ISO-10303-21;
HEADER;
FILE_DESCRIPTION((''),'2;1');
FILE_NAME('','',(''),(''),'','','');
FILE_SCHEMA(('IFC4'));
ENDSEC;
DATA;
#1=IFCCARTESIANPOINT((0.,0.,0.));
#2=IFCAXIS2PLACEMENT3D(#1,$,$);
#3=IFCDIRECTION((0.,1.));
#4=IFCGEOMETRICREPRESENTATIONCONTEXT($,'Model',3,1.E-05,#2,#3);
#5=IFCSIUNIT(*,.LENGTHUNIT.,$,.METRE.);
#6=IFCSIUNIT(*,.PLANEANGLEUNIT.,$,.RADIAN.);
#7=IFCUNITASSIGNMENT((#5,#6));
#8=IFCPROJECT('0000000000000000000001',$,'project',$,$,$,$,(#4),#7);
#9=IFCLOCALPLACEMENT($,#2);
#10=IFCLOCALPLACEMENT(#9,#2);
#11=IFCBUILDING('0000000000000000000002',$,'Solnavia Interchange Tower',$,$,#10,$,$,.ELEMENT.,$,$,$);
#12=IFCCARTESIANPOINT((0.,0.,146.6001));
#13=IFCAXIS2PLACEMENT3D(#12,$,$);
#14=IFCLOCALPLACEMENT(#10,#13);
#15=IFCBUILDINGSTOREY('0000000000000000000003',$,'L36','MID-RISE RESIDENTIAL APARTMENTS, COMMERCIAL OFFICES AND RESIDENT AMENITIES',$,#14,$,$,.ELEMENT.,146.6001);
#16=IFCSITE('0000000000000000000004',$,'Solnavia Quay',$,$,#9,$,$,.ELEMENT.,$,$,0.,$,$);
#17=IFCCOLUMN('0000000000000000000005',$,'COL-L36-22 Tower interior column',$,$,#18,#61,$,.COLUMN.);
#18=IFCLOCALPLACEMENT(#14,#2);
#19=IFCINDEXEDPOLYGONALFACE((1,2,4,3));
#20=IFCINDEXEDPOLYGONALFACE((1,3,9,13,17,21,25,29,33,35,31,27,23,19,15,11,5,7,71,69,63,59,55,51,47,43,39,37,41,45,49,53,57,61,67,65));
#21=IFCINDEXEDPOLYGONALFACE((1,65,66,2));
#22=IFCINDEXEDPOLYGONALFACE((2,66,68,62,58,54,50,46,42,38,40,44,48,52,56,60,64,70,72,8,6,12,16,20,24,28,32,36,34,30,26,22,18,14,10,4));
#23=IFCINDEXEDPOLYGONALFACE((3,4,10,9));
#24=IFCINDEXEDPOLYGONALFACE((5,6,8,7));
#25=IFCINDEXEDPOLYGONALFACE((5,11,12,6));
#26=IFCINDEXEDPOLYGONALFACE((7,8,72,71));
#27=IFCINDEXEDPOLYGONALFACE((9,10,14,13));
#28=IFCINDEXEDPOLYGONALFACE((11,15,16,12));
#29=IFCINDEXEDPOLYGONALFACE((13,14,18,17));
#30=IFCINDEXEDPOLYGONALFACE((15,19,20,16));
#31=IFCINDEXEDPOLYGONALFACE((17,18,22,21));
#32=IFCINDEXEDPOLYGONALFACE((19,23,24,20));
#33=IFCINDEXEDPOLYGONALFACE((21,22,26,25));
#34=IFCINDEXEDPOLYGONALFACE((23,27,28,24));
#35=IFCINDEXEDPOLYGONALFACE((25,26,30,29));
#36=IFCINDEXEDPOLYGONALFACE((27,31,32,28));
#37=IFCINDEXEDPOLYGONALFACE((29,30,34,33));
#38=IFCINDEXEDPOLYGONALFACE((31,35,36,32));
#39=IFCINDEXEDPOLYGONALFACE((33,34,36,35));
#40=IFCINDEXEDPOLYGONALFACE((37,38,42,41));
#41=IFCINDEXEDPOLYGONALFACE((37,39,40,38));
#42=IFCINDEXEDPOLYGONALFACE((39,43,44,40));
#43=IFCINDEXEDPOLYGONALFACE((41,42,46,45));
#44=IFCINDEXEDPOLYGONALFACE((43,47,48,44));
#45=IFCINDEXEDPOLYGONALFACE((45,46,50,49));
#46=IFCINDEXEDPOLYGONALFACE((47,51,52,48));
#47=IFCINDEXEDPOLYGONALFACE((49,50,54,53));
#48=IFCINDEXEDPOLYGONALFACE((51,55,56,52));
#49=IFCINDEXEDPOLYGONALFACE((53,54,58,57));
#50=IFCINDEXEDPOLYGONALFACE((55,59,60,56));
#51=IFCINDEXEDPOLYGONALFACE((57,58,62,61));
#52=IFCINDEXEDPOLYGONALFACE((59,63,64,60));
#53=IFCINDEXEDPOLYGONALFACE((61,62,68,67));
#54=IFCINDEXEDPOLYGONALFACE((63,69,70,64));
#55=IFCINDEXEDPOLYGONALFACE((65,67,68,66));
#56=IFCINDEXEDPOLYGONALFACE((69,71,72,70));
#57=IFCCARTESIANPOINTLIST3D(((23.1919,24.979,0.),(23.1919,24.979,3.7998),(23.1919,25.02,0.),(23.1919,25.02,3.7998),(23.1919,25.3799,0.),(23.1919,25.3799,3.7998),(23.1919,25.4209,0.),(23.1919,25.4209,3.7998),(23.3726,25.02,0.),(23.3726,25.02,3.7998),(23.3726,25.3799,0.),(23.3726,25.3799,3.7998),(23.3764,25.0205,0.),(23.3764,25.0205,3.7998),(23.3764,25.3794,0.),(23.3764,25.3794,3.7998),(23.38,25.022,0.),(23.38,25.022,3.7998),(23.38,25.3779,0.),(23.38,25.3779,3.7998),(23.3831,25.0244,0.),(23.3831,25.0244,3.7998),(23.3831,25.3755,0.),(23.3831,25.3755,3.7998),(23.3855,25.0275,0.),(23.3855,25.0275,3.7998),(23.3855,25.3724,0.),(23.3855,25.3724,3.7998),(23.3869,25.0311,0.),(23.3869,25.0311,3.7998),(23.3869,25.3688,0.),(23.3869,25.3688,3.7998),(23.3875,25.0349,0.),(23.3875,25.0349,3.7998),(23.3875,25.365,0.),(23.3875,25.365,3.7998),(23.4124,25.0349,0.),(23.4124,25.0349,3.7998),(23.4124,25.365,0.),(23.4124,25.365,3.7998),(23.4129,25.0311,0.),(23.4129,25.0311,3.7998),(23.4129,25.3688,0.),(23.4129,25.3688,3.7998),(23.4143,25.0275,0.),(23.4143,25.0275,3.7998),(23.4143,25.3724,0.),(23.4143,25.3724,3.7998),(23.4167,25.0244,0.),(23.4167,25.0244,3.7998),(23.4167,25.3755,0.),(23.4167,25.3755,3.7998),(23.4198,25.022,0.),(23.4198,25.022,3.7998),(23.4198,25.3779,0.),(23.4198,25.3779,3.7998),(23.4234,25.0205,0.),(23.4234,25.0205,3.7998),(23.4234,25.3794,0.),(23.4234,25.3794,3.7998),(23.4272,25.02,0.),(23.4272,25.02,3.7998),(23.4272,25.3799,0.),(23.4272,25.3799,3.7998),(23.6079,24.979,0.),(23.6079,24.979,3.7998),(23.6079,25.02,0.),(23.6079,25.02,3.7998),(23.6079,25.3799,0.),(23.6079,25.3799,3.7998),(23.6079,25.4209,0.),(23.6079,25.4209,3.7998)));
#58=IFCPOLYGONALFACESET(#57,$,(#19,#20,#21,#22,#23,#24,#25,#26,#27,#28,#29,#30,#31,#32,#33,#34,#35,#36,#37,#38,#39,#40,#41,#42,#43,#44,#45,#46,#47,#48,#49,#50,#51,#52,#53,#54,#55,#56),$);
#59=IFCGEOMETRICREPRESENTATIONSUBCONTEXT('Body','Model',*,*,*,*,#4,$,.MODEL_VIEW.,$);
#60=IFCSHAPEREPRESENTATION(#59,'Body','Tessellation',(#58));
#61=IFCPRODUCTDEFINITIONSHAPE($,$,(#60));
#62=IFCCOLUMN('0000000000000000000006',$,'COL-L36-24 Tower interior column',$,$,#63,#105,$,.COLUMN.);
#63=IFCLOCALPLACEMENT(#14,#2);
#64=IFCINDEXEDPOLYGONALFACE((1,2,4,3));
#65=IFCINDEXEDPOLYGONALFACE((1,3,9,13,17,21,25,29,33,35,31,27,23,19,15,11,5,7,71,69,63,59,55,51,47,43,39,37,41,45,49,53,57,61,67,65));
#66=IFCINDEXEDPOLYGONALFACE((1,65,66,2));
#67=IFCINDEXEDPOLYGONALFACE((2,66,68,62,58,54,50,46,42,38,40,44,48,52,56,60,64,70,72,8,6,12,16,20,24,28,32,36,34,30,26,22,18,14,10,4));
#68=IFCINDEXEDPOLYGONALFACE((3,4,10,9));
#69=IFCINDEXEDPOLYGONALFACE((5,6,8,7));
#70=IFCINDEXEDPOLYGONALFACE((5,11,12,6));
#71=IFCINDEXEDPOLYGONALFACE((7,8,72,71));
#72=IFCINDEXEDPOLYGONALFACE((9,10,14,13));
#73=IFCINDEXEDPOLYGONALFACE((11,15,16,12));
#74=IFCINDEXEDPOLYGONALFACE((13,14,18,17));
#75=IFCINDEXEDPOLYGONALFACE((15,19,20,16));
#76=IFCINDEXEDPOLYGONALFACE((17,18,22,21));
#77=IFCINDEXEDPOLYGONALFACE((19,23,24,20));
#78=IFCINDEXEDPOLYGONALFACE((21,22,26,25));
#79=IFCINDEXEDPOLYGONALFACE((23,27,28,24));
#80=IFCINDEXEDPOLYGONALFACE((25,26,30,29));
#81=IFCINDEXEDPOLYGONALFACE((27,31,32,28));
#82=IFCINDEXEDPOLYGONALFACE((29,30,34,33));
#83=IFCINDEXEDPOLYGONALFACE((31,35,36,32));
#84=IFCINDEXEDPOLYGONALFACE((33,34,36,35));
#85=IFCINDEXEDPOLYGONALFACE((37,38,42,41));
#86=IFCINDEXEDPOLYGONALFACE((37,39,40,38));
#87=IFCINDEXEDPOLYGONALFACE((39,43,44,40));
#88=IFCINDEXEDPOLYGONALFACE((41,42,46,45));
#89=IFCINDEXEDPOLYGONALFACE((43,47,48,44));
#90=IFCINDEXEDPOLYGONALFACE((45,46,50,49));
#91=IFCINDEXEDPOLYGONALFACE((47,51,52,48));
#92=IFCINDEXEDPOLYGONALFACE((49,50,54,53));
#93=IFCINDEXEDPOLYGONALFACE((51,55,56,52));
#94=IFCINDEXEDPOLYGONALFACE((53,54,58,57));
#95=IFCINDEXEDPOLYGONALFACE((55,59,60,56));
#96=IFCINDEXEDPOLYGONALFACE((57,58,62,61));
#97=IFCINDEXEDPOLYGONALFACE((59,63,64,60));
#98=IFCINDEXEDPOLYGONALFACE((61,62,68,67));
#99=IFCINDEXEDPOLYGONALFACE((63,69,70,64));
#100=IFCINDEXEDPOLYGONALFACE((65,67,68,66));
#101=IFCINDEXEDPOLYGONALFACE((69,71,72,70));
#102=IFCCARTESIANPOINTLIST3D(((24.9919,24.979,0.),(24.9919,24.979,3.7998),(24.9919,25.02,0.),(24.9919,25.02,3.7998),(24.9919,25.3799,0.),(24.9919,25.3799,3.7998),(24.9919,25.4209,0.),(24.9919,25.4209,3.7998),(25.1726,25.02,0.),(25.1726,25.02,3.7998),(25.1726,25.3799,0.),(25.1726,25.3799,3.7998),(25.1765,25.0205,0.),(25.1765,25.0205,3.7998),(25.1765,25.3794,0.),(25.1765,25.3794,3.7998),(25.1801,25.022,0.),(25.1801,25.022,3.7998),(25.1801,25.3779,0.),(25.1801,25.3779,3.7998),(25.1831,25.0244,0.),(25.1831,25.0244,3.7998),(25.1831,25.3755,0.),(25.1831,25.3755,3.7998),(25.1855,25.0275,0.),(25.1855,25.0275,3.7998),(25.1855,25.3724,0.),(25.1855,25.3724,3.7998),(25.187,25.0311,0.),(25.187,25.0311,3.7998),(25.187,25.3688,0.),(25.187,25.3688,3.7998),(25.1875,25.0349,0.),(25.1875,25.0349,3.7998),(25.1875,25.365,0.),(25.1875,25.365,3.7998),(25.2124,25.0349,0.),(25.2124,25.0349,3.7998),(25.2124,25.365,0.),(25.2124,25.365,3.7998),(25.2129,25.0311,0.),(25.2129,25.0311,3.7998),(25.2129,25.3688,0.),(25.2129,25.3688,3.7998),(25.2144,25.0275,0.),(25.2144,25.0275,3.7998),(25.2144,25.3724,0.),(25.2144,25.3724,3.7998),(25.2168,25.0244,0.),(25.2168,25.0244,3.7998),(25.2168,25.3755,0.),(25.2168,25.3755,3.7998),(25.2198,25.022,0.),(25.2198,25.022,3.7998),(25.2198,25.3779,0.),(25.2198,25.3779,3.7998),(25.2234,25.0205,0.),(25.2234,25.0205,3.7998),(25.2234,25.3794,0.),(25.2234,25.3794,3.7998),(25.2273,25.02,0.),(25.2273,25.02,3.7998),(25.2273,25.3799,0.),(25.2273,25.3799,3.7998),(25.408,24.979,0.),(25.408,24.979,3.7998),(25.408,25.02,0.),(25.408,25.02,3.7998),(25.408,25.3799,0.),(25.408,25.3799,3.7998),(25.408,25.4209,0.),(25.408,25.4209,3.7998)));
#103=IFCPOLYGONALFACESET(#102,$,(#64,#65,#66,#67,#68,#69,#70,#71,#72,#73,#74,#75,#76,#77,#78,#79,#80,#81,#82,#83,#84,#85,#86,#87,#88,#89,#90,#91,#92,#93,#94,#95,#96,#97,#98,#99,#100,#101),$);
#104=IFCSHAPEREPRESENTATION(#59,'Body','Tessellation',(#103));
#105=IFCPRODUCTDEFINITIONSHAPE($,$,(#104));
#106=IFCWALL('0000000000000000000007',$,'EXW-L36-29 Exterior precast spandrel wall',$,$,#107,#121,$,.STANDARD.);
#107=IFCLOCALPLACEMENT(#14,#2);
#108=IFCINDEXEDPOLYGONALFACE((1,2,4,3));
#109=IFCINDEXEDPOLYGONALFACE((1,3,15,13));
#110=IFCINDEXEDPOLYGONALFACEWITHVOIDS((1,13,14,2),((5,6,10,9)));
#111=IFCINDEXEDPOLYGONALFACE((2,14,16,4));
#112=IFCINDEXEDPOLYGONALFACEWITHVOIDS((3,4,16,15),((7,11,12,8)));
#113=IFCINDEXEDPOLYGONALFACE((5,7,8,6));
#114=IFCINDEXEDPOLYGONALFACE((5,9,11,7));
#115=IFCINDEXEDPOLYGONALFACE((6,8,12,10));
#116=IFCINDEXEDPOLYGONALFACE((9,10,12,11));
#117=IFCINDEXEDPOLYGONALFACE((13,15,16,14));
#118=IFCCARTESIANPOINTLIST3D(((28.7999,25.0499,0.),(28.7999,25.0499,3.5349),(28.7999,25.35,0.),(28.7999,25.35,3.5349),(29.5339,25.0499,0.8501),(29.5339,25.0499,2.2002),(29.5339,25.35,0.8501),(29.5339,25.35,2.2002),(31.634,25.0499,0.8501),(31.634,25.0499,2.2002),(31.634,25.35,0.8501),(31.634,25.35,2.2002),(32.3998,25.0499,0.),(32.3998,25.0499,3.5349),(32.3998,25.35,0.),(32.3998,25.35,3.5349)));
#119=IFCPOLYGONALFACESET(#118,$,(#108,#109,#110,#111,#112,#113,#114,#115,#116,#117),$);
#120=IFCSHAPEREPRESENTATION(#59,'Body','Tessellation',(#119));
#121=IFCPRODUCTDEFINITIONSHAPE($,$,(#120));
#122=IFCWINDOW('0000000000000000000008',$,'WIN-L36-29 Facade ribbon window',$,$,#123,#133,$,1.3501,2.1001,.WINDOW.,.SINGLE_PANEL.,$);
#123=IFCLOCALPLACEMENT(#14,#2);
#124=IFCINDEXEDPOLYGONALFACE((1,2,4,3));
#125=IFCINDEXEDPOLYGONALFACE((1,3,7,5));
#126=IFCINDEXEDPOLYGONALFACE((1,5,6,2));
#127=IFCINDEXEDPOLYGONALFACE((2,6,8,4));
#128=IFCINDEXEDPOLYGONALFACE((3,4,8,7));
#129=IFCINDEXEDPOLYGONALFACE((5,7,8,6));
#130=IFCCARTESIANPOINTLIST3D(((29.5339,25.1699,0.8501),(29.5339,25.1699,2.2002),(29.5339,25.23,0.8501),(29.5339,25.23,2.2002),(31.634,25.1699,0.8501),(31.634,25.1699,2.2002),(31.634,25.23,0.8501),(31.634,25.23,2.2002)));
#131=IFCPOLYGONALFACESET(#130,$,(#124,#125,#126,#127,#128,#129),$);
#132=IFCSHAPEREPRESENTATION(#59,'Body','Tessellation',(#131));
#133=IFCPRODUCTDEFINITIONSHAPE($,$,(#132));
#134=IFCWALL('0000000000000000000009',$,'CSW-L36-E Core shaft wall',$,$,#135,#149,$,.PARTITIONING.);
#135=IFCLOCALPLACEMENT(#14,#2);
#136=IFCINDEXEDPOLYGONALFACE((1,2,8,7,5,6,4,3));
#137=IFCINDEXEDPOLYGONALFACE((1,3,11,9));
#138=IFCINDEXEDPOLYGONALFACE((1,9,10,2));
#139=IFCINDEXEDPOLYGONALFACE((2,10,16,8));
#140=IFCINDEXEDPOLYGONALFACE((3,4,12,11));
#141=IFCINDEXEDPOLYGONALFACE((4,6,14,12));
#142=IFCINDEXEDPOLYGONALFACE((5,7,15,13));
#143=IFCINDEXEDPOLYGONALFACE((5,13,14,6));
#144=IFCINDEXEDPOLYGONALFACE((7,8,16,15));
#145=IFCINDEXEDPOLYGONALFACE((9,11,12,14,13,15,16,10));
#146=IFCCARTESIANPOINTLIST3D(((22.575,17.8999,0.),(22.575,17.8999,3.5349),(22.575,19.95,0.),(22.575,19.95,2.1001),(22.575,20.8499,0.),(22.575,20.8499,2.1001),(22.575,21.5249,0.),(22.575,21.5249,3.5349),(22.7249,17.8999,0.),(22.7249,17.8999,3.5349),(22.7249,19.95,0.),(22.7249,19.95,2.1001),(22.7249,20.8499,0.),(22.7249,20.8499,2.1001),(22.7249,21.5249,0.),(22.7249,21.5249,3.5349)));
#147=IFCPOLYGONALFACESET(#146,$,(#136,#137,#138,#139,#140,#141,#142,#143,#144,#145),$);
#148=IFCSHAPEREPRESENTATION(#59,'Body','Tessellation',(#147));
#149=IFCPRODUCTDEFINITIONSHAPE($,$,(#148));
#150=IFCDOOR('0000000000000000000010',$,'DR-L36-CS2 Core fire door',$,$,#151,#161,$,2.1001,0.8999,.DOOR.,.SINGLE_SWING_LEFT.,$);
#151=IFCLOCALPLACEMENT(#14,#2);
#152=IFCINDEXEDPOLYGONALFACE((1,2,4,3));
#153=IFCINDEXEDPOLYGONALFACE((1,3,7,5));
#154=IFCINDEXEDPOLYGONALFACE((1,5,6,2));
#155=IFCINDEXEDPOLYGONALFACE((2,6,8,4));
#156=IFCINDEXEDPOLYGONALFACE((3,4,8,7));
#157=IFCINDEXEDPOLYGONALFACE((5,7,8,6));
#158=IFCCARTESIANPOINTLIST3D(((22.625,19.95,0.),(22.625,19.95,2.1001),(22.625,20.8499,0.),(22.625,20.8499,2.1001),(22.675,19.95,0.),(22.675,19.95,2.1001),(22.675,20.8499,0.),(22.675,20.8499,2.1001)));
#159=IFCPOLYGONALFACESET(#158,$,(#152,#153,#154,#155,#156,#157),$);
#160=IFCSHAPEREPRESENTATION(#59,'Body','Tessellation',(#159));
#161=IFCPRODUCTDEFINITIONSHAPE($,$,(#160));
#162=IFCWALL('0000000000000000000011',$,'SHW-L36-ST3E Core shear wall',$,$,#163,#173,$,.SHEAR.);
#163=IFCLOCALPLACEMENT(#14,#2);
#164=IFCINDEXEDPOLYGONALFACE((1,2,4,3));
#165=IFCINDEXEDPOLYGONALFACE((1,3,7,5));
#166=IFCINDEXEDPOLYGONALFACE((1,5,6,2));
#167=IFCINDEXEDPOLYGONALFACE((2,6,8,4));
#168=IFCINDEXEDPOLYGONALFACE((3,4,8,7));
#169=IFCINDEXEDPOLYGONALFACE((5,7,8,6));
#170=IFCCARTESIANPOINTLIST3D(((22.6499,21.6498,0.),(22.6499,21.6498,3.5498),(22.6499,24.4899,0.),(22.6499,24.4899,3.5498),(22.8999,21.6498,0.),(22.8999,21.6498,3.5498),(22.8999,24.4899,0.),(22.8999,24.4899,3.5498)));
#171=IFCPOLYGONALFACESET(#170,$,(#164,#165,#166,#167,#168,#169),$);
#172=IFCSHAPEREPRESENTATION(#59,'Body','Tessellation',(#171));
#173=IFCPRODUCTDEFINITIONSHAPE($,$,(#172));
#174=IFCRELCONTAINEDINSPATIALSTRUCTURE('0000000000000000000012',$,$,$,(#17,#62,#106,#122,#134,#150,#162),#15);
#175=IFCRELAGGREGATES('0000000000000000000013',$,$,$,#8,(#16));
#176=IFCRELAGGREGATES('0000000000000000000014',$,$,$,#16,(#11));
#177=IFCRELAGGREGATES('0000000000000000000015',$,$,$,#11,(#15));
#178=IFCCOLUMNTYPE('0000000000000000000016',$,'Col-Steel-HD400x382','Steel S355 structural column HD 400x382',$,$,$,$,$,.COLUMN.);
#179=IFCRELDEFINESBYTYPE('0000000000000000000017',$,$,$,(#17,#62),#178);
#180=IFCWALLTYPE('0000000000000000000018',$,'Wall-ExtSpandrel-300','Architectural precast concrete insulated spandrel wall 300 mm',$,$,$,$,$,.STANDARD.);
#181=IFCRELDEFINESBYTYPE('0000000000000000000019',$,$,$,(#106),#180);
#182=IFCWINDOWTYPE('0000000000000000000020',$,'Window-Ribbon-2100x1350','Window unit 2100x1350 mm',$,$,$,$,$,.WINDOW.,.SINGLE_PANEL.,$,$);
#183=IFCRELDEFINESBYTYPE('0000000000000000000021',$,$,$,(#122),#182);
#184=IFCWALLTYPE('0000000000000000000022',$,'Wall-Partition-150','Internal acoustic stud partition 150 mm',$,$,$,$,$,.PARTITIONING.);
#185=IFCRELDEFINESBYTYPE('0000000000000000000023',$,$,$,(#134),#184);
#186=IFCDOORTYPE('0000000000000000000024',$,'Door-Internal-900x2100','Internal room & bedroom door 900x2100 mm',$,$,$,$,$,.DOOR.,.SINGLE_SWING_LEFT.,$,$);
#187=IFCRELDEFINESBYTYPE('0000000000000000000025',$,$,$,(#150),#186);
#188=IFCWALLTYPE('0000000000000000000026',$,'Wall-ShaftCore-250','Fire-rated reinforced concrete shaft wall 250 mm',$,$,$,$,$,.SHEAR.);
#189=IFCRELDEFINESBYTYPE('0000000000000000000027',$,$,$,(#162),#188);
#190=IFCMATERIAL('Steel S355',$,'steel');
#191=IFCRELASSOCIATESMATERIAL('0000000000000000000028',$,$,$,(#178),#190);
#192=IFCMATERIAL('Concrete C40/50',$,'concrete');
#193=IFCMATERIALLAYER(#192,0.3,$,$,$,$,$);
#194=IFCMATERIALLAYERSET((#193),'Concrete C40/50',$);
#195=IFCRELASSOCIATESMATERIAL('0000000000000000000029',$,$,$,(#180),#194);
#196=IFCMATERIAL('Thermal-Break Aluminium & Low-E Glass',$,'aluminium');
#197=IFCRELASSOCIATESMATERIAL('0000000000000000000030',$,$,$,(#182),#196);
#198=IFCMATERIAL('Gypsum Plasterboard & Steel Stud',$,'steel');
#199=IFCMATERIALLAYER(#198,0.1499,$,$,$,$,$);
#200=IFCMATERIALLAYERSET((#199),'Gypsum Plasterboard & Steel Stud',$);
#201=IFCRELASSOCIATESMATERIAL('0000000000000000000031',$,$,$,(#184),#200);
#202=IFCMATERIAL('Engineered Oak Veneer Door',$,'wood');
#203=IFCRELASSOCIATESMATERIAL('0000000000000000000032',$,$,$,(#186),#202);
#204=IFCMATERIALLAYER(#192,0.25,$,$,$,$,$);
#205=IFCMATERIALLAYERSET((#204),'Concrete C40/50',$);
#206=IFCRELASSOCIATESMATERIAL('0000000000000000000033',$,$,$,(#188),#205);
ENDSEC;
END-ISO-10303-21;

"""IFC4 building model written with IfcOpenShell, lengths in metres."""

from ifc_helpers import new_model, si_unit, direction, frame, frame_2d, origin, origin_2d, place, context, subcontext, project, spatial, rectangle, i_section, extrude, material, layer, layer_set, material_profile, profile_set, type_object, element, fill, save


model = new_model("IFC4")

# Units and contexts
model_context = context("Model", 3, precision=1e-05, world=origin(), true_north=direction((0.0, 1.0)))
body_context = subcontext(model_context, "Body", "Model", "MODEL_VIEW")
ifc_project = project(units=[si_unit("LENGTHUNIT", "METRE"), si_unit("PLANEANGLEUNIT", "RADIAN")], contexts=[model_context])

# Site, building, storey
site_placement = place(None, origin())
site = spatial("IfcSite", under=ifc_project, at=site_placement, Name="Solnavia Quay", CompositionType="ELEMENT", RefElevation=0.0)
building_placement = place(site_placement, origin())
building = spatial("IfcBuilding", under=site, at=building_placement, Name="Solnavia Interchange Tower", CompositionType="ELEMENT")
storey_placement = place(building_placement, frame((0.0, 0.0, 146.6001)))
storey = spatial("IfcBuildingStorey", under=building, at=storey_placement, Name="L36", Description="MID-RISE RESIDENTIAL APARTMENTS, COMMERCIAL OFFICES AND RESIDENT AMENITIES", CompositionType="ELEMENT", Elevation=146.6001)

# Columns
ifc_material_1 = material(Name="Steel S355", Category="steel")
ifc_material_profile = material_profile(ifc_material_1, i_section(OverallWidth=0.416, OverallDepth=0.4419, WebThickness=0.0249, FlangeThickness=0.041, FilletRadius=0.0149, at=origin_2d()), Name="HD 400x382")
ifc_profile_set = profile_set([ifc_material_profile], Name="Steel S355")
column_type = type_object("IfcColumnType", Name="Col-Steel-HD400x382", Description="Steel S355 structural column HD 400x382", PredefinedType="COLUMN", material=ifc_profile_set)
for number, where, z_axis, x_axis, name in (
    (1, (23.3999, 25.2, 0.0), (0.0, 0.0, 1.0), (1.0, 0.0, 0.0), "COL-L36-22 Tower interior column"),
    (2, (25.2, 25.2, 0.0), (0.0, 0.0, 1.0), (1.0, 0.0, 0.0), "COL-L36-24 Tower interior column"),
):
    element("IfcColumn", number, at=place(storey_placement, frame(where, z_axis=z_axis, x_axis=x_axis)), inside=storey, type_object=column_type, Name=name, PredefinedType="COLUMN", context=body_context, shape_type="SweptSolid", body=[
        extrude(i_section(OverallWidth=0.416, OverallDepth=0.4419, WebThickness=0.0249, FlangeThickness=0.041, FilletRadius=0.0149, at=origin_2d()), origin(), (0.0, 0.0, 1.0), 3.7998),
    ])

# Wall, opening, window
ifc_material_2 = material(Name="Concrete C40/50", Category="concrete")
ifc_layer_1 = layer(ifc_material_2, 0.3)
ifc_layer_set_1 = layer_set([ifc_layer_1], Name="Concrete C40/50")
wall_type_1 = type_object("IfcWallType", Name="Wall-ExtSpandrel-300", Description="Architectural precast concrete insulated spandrel wall 300 mm", PredefinedType="STANDARD", material=ifc_layer_set_1)
wall_1_placement = place(storey_placement, frame((28.8, 25.2, 0.0), z_axis=(0.0, 0.0, 1.0), x_axis=(1.0, 0.0, 0.0)))
wall_1 = element("IfcWall", 3, at=wall_1_placement, inside=storey, type_object=wall_type_1, Name="EXW-L36-29 Exterior precast spandrel wall", PredefinedType="STANDARD", context=body_context, shape_type="SweptSolid", body=[
    extrude(rectangle(XDim=3.5999, YDim=0.3, at=frame_2d((1.7998, 0.0))), origin(), (0.0, 0.0, 1.0), 3.5349),
])
opening_1_placement = place(wall_1_placement, frame((0.7339, 0.0, 0.8501)))
opening_1 = element("IfcOpeningElement", 4, at=opening_1_placement, cuts=wall_1, PredefinedType="OPENING", context=body_context, shape_type="SweptSolid", body=[
    extrude(rectangle(XDim=2.1001, YDim=1.3501, at=frame_2d((1.05, 0.675))), frame((0.0, 0.1602, 0.0), z_axis=(0.0, -1.0, 0.0), x_axis=(1.0, 0.0, 0.0)), (0.0, 0.0, 1.0), 0.3201),
])
ifc_material_3 = material(Name="Thermal-Break Aluminium & Low-E Glass", Category="aluminium")
window_type = type_object("IfcWindowType", Name="Window-Ribbon-2100x1350", Description="Window unit 2100x1350 mm", PartitioningType="SINGLE_PANEL", PredefinedType="WINDOW", material=ifc_material_3)
window_placement = place(opening_1_placement, origin())
window = element("IfcWindow", 5, at=window_placement, inside=storey, type_object=window_type, Name="WIN-L36-29 Facade ribbon window", OverallHeight=1.3501, OverallWidth=2.1001, PartitioningType="SINGLE_PANEL", PredefinedType="WINDOW", context=body_context, shape_type="SweptSolid", body=[
    extrude(rectangle(XDim=2.1001, YDim=1.3501, at=frame_2d((1.05, 0.675))), frame((0.0, 0.03, 0.0), z_axis=(0.0, -1.0, 0.0), x_axis=(1.0, 0.0, 0.0)), (0.0, 0.0, 1.0), 0.0601),
])
fill(opening_1, window)

# Wall, opening, door
ifc_material_4 = material(Name="Gypsum Plasterboard & Steel Stud", Category="steel")
ifc_layer_2 = layer(ifc_material_4, 0.1499)
ifc_layer_set_2 = layer_set([ifc_layer_2], Name="Gypsum Plasterboard & Steel Stud")
wall_type_2 = type_object("IfcWallType", Name="Wall-Partition-150", Description="Internal acoustic stud partition 150 mm", PredefinedType="PARTITIONING", material=ifc_layer_set_2)
wall_2_placement = place(storey_placement, frame((22.6499, 17.8999, 0.0), z_axis=(0.0, 0.0, 1.0), x_axis=(0.0, 1.0, 0.0)))
wall_2 = element("IfcWall", 6, at=wall_2_placement, inside=storey, type_object=wall_type_2, Name="CSW-L36-E Core shaft wall", PredefinedType="PARTITIONING", context=body_context, shape_type="SweptSolid", body=[
    extrude(rectangle(XDim=3.625, YDim=0.1499, at=frame_2d((1.8125, 0.0))), origin(), (0.0, 0.0, 1.0), 3.5349),
])
opening_2_placement = place(wall_2_placement, frame((2.05, 0.0, 0.0)))
opening_2 = element("IfcOpeningElement", 7, at=opening_2_placement, cuts=wall_2, PredefinedType="OPENING", context=body_context, shape_type="SweptSolid", body=[
    extrude(rectangle(XDim=0.8999, YDim=2.1001, at=frame_2d((0.45, 1.05))), frame((0.0, 0.085, 0.0), z_axis=(0.0, -1.0, 0.0), x_axis=(1.0, 0.0, 0.0)), (0.0, 0.0, 1.0), 0.1699),
])
ifc_material_5 = material(Name="Engineered Oak Veneer Door", Category="wood")
door_type_1 = type_object("IfcDoorType", Name="Door-Internal-900x2100", Description="Internal room & bedroom door 900x2100 mm", OperationType="SINGLE_SWING_LEFT", PredefinedType="DOOR", material=ifc_material_5)
door_1_placement = place(opening_2_placement, origin())
door_1 = element("IfcDoor", 8, at=door_1_placement, inside=storey, type_object=door_type_1, Name="DR-L36-CS2 Core fire door", OperationType="SINGLE_SWING_LEFT", OverallHeight=2.1001, OverallWidth=0.8999, PredefinedType="DOOR", context=body_context, shape_type="SweptSolid", body=[
    extrude(rectangle(XDim=0.8999, YDim=2.1001, at=frame_2d((0.45, 1.05))), frame((0.0, 0.0249, 0.0), z_axis=(0.0, -1.0, 0.0), x_axis=(1.0, 0.0, 0.0)), (0.0, 0.0, 1.0), 0.05),
])
fill(opening_2, door_1)

# Wall
ifc_layer_3 = layer(ifc_material_2, 0.25)
ifc_layer_set_3 = layer_set([ifc_layer_3], Name="Concrete C40/50")
wall_type_3 = type_object("IfcWallType", Name="Wall-ShaftCore-250", Description="Fire-rated reinforced concrete shaft wall 250 mm", PredefinedType="SHEAR", material=ifc_layer_set_3)
wall_3_placement = place(storey_placement, frame((22.7749, 21.6499, 0.0), z_axis=(0.0, 0.0, 1.0), x_axis=(0.0, 1.0, 0.0)))
element("IfcWall", 9, at=wall_3_placement, inside=storey, type_object=wall_type_3, Name="SHW-L36-ST3E Core shear wall", PredefinedType="SHEAR", context=body_context, shape_type="SweptSolid", body=[
    extrude(rectangle(XDim=2.8401, YDim=0.25, at=frame_2d((1.4199, 0.0))), origin(), (0.0, 0.0, 1.0), 3.5498),
])

save(model, "model.ifc")
